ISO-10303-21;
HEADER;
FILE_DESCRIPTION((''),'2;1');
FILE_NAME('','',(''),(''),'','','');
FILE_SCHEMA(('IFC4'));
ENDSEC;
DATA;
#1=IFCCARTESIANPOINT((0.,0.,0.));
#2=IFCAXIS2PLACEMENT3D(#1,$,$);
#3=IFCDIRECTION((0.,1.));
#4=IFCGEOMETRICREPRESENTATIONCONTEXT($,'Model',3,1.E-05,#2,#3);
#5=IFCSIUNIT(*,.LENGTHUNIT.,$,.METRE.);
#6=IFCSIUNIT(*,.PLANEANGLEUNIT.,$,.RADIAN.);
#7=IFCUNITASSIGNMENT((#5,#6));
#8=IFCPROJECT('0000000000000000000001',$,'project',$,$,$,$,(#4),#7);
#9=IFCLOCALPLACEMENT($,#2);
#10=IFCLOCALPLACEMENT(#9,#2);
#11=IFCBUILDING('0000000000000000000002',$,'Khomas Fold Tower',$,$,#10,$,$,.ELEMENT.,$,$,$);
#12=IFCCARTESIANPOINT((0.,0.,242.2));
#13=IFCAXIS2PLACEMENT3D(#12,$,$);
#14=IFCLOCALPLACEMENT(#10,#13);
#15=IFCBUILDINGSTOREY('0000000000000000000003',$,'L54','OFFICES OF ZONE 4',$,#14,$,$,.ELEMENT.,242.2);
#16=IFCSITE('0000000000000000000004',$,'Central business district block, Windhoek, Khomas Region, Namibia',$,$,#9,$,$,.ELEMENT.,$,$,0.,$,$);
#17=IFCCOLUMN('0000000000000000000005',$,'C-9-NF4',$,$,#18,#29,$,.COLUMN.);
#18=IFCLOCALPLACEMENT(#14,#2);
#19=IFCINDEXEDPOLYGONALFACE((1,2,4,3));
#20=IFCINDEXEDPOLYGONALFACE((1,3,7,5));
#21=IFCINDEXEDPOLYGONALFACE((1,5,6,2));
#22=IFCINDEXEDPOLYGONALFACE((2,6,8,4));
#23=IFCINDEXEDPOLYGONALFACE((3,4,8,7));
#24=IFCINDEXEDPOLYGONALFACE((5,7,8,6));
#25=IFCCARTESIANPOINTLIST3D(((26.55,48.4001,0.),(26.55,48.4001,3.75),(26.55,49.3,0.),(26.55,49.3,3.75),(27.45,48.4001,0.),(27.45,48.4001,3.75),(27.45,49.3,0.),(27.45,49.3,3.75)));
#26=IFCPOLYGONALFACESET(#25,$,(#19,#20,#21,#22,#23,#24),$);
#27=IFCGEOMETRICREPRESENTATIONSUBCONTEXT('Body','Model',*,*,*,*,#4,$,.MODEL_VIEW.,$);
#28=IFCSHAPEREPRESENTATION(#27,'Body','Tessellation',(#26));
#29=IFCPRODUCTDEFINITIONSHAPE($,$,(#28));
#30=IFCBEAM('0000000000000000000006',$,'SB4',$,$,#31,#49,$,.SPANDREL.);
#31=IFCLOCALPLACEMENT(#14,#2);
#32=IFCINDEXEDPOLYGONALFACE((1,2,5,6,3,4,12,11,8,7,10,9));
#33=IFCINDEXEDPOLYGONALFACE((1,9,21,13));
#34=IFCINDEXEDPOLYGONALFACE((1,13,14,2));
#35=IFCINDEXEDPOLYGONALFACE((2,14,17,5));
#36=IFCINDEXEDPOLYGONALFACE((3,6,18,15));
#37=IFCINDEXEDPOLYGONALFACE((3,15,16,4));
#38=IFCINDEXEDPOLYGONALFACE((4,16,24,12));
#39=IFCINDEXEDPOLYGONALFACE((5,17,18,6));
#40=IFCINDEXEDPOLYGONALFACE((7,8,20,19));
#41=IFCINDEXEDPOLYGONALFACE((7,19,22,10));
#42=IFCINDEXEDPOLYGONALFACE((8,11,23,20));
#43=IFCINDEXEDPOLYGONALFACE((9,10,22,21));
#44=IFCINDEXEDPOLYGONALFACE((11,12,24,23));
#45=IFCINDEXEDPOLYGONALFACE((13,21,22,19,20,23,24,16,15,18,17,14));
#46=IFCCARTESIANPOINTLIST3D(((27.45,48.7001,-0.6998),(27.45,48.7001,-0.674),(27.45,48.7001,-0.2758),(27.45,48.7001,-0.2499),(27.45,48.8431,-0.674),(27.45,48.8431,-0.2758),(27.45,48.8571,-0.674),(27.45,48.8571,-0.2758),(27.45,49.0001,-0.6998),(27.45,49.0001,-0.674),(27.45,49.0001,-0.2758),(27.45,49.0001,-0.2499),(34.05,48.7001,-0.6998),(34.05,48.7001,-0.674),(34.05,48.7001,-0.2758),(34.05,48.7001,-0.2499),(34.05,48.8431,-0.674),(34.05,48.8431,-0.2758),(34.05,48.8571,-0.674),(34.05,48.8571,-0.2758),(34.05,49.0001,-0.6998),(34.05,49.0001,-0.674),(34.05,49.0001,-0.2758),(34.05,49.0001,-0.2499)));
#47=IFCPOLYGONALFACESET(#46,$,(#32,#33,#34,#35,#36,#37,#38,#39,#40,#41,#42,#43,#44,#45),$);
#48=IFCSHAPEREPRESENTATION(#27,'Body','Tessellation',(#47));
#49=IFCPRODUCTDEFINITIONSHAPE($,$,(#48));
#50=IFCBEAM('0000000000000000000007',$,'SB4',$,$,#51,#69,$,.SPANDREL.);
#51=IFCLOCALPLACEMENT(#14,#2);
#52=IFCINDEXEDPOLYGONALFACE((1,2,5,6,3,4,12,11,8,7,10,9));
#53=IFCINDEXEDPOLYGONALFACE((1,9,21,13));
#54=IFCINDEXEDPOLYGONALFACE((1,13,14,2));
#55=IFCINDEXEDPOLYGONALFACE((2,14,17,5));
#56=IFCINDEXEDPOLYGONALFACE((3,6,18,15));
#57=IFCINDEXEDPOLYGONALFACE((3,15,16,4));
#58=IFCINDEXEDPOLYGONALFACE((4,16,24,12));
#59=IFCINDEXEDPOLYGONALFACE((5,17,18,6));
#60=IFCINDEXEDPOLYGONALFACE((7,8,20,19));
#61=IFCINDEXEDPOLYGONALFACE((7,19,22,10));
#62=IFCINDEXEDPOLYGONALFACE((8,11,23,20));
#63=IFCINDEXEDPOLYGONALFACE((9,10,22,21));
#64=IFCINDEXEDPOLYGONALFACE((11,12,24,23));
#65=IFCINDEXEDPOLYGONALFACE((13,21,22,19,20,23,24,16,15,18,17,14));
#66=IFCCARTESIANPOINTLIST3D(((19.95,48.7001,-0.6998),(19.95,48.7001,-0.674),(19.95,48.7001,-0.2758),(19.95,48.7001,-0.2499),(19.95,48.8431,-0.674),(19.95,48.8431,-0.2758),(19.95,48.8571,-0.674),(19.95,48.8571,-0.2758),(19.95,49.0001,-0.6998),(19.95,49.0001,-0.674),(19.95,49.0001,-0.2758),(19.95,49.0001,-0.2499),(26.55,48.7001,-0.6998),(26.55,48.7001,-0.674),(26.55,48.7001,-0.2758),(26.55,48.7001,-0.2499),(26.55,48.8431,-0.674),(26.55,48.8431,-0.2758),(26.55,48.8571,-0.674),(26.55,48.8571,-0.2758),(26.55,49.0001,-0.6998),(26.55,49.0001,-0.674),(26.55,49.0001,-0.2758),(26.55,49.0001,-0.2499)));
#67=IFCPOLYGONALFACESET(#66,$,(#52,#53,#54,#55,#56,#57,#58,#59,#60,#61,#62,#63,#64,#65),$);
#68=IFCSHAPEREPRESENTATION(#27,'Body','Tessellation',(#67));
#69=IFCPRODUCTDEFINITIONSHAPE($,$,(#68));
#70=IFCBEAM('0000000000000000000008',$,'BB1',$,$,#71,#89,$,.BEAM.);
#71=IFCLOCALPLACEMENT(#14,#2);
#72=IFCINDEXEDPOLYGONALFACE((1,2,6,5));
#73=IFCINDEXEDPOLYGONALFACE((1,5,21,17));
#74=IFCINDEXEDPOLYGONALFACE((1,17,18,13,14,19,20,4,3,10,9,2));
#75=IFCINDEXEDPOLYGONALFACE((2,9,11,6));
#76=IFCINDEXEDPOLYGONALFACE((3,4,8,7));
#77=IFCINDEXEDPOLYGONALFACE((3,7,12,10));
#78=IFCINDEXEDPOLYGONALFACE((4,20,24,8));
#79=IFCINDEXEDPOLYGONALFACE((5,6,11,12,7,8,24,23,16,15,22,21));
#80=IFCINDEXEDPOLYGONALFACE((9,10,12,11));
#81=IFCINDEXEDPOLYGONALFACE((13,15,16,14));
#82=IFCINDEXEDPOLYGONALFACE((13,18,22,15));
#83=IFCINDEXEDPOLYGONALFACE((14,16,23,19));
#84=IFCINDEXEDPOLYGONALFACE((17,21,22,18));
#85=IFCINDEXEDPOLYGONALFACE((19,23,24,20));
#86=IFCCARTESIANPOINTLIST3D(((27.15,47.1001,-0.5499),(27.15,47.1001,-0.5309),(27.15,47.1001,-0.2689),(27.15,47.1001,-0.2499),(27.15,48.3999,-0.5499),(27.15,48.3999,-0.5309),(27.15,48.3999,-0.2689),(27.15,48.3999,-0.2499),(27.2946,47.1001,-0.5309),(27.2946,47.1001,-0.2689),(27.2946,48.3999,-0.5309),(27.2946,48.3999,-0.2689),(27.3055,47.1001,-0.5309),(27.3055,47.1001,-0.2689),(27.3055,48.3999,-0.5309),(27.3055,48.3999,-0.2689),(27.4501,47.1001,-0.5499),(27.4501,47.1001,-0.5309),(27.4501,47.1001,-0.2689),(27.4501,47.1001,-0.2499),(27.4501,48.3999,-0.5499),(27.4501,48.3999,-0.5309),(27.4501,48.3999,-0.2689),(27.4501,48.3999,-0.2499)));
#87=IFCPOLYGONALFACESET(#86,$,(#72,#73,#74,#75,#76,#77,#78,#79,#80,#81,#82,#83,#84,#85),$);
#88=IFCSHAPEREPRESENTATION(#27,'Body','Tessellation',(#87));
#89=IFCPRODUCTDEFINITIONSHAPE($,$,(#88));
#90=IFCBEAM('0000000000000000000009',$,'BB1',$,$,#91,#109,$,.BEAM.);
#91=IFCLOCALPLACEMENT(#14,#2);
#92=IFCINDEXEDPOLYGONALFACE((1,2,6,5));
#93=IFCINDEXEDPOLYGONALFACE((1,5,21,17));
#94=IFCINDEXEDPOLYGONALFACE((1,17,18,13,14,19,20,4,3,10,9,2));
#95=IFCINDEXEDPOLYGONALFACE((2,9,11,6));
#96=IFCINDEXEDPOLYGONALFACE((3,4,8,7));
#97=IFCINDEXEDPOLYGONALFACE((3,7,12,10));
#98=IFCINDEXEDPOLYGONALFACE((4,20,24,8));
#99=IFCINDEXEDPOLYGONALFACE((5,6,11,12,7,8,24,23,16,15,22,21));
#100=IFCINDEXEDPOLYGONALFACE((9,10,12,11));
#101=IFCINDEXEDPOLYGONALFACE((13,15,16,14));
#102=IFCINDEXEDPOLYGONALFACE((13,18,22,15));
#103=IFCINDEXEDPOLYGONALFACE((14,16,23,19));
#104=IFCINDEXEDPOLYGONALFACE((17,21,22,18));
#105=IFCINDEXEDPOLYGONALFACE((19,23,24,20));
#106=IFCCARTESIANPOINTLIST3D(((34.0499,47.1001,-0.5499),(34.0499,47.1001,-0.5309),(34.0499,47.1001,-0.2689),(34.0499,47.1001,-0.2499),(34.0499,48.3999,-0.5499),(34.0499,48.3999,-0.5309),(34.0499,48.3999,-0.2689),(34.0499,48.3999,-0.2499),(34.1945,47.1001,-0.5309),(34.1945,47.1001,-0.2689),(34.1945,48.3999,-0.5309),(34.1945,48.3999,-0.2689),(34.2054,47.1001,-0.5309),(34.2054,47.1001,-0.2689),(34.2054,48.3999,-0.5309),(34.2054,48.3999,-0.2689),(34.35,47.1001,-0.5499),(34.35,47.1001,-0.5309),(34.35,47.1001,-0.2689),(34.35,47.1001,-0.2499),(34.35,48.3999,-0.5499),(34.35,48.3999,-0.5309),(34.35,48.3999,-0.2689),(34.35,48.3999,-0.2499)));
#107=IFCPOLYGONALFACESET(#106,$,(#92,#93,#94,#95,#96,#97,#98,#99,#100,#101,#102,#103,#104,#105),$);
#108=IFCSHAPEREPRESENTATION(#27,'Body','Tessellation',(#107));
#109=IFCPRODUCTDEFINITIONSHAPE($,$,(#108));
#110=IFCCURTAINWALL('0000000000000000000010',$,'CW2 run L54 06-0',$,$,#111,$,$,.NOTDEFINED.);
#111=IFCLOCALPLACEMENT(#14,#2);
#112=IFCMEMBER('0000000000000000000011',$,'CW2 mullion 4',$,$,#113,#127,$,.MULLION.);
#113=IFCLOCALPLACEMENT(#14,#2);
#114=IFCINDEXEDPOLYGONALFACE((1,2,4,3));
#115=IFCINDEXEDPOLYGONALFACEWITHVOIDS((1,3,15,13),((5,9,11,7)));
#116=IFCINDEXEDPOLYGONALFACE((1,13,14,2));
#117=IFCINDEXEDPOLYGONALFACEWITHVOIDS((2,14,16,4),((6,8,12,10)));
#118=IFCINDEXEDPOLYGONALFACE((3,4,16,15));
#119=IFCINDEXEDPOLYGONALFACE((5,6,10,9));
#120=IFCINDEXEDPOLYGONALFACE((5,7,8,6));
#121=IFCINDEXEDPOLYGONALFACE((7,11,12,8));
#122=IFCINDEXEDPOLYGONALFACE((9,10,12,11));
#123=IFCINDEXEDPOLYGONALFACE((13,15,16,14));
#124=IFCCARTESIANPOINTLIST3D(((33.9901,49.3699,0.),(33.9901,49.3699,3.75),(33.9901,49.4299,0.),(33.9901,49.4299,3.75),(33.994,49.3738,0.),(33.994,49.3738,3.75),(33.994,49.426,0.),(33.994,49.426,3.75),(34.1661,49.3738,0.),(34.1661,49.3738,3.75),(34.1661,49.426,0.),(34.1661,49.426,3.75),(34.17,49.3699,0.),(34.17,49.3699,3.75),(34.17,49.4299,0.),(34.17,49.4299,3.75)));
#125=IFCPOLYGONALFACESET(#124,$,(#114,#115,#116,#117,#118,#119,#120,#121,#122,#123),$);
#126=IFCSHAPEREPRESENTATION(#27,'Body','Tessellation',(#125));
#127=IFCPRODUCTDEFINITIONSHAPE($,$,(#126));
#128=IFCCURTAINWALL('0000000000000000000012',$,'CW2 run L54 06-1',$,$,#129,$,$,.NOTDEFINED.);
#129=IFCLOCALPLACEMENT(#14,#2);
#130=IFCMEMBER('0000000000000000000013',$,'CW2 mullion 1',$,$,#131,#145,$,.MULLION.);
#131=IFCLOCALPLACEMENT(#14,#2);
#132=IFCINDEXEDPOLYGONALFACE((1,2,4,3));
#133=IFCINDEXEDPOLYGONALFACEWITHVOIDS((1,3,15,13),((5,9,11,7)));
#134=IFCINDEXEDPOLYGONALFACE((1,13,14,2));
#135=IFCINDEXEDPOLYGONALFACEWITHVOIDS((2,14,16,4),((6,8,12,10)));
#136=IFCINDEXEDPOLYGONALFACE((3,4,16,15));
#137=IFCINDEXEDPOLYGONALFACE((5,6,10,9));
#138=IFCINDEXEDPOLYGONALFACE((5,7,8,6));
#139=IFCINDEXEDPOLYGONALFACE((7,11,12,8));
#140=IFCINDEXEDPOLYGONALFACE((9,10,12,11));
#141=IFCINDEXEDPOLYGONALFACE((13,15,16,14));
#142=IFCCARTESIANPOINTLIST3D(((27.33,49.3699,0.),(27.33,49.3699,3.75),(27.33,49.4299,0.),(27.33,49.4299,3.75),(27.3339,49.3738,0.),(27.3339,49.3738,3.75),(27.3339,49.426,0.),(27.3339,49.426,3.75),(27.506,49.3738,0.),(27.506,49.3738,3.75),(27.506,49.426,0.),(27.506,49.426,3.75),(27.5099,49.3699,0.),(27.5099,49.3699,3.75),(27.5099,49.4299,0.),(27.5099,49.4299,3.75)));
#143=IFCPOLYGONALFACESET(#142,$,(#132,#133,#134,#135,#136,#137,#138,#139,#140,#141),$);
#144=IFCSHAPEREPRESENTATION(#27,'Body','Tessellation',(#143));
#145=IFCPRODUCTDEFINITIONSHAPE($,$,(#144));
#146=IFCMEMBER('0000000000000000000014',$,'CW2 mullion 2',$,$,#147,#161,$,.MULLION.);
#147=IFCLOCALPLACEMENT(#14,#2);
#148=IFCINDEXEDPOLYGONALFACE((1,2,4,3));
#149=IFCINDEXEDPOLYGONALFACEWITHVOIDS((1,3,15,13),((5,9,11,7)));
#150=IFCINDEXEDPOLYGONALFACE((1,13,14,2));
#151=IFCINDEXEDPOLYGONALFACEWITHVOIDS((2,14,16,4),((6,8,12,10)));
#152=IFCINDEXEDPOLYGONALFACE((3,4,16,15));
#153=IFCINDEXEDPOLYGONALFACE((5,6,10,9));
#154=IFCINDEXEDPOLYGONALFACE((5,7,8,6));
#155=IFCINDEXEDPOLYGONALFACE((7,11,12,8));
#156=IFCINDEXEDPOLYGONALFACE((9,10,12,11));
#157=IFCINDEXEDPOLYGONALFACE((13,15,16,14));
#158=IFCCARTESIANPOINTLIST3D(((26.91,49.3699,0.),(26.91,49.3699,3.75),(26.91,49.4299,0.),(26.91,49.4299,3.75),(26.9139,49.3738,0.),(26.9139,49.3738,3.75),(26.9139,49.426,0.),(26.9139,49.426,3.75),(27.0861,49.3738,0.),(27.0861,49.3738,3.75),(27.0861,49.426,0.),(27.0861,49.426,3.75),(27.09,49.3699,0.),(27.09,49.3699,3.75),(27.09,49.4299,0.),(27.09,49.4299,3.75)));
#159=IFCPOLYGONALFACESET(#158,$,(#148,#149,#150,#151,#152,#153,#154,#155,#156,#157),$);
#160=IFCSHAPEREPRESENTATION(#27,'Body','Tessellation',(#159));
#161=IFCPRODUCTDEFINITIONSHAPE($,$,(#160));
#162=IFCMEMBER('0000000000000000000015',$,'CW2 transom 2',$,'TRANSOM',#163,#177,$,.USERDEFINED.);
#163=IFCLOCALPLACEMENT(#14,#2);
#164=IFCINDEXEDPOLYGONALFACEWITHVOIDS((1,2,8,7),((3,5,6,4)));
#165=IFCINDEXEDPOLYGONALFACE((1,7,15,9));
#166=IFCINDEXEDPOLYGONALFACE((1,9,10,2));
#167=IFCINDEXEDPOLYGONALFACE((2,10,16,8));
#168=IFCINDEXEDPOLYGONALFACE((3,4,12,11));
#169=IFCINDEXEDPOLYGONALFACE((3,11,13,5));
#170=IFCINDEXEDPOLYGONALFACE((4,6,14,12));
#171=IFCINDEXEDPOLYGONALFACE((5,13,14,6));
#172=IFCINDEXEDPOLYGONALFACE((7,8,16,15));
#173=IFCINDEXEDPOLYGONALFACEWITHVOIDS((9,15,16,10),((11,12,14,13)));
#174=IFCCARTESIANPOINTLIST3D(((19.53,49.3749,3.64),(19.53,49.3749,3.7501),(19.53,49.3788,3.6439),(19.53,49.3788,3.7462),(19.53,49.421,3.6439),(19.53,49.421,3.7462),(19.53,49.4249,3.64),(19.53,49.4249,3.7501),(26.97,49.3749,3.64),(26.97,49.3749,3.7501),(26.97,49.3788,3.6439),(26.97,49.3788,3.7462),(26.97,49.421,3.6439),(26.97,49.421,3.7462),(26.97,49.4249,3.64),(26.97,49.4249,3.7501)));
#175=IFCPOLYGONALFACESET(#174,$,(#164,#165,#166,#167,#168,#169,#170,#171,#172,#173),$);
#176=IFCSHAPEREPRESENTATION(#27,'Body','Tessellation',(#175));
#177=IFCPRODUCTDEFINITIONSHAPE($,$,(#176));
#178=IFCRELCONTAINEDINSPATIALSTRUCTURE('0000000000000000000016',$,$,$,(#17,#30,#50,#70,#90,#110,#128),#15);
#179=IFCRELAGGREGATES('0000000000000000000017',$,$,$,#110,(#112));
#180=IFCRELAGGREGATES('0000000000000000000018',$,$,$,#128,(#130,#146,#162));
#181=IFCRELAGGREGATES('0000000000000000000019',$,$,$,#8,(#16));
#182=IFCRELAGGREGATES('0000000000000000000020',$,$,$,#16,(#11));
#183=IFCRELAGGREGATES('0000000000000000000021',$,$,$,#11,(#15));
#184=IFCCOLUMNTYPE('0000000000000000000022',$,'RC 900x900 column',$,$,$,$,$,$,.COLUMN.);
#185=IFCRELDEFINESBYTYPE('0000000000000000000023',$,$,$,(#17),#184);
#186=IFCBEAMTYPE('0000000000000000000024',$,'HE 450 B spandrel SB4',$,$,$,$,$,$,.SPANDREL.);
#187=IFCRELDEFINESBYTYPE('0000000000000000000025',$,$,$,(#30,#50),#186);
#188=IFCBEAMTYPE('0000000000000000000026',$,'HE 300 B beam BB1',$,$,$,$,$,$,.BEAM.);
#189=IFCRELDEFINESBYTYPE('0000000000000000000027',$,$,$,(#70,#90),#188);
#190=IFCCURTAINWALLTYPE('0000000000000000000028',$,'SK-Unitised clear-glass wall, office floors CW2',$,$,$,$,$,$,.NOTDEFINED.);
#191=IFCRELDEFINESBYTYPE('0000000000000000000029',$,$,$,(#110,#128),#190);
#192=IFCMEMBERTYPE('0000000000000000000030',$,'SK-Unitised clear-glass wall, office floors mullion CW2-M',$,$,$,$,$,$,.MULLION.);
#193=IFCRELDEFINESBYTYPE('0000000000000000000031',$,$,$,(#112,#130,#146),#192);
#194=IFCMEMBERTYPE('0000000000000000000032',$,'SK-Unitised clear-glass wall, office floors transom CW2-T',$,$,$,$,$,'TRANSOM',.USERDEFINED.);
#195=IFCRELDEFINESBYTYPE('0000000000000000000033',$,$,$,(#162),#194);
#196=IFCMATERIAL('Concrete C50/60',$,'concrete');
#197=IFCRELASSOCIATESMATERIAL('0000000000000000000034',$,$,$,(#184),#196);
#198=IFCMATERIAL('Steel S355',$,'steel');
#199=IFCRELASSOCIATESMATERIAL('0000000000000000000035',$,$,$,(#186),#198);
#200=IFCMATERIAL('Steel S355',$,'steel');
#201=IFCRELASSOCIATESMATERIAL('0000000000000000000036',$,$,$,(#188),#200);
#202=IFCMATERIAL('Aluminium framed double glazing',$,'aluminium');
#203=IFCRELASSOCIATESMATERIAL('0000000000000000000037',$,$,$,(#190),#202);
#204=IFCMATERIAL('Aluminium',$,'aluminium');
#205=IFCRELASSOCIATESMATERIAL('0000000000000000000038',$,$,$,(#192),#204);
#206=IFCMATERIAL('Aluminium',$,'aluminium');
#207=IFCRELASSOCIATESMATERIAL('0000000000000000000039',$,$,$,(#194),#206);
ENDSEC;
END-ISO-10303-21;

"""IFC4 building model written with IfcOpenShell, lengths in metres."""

from ifc_helpers import new_model, si_unit, direction, frame, origin, origin_2d, place, context, subcontext, project, spatial, rectangle, hollow_rectangle, i_section, extrude, source, transform, mapped, material, material_profile, profile_set, type_object, element, aggregate, save


model = new_model("IFC4")

# Units and contexts
model_context = context("Model", 3, precision=1e-05, world=origin(), true_north=direction((0.0, 1.0)))
body_context = subcontext(model_context, "Body", "Model", "MODEL_VIEW")
ifc_project = project(units=[si_unit("LENGTHUNIT", "METRE"), si_unit("PLANEANGLEUNIT", "RADIAN")], contexts=[model_context])

# Site, building, storey
site_placement = place(None, origin())
site = spatial("IfcSite", under=ifc_project, at=site_placement, Name="Central business district block, Windhoek, Khomas Region, Namibia", CompositionType="ELEMENT", RefElevation=0.0)
building_placement = place(site_placement, origin())
building = spatial("IfcBuilding", under=site, at=building_placement, Name="Khomas Fold Tower", CompositionType="ELEMENT")
storey_placement = place(building_placement, frame((0.0, 0.0, 242.2)))
storey = spatial("IfcBuildingStorey", under=building, at=storey_placement, Name="L54", Description="OFFICES OF ZONE 4", CompositionType="ELEMENT", Elevation=242.2)

# Column
ifc_material_1 = material(Name="Concrete C50/60", Category="concrete")
ifc_material_profile_1 = material_profile(ifc_material_1, rectangle(XDim=0.8999, YDim=0.8999, at=origin_2d()), Name="RC 900x900")
ifc_profile_set_1 = profile_set([ifc_material_profile_1], Name="Concrete C50/60")
column_type = type_object("IfcColumnType", Name="RC 900x900 column", PredefinedType="COLUMN", material=ifc_profile_set_1)
shared_shape_1 = source(origin(), body_context, "Body", "SweptSolid", [
    extrude(rectangle(XDim=0.8999, YDim=0.8999, at=origin_2d()), origin(), (0.0, 0.0, 1.0), 3.75),
])
column_placement = place(storey_placement, frame((27.0, 48.8501, 0.0), z_axis=(0.0, 0.0, 1.0), x_axis=(1.0, 0.0, 0.0)))
element("IfcColumn", 1, at=column_placement, inside=storey, type_object=column_type, Name="C-9-NF4", PredefinedType="COLUMN", context=body_context, shape_type="MappedRepresentation", body=[
    mapped(shared_shape_1, transform((0.0, 0.0, 0.0))),
])

# Beams
ifc_material_2 = material(Name="Steel S355", Category="steel")
ifc_material_profile_2 = material_profile(ifc_material_2, i_section(OverallWidth=0.3, OverallDepth=0.45, WebThickness=0.0139, FlangeThickness=0.0259, at=origin_2d()), Name="HE 450 B")
ifc_profile_set_2 = profile_set([ifc_material_profile_2], Name="Steel S355")
beam_type_1 = type_object("IfcBeamType", Name="HE 450 B spandrel SB4", PredefinedType="SPANDREL", material=ifc_profile_set_2)
shared_shape_2 = source(origin(), body_context, "Body", "SweptSolid", [
    extrude(i_section(OverallWidth=0.3, OverallDepth=0.45, WebThickness=0.0139, FlangeThickness=0.0259, at=origin_2d()), origin(), (0.0, 0.0, 1.0), 6.6001),
])
for number, where, z_axis, x_axis, name in (
    (2, (27.45, 48.8501, -0.4749), (1.0, 0.0, 0.0), (0.0, 1.0, 0.0), "SB4"),
    (3, (19.95, 48.8501, -0.4749), (1.0, 0.0, 0.0), (0.0, 1.0, 0.0), "SB4"),
):
    element("IfcBeam", number, at=place(storey_placement, frame(where, z_axis=z_axis, x_axis=x_axis)), inside=storey, type_object=beam_type_1, Name=name, PredefinedType="SPANDREL", context=body_context, shape_type="MappedRepresentation", body=[
        mapped(shared_shape_2, transform((0.0, 0.0, 0.0))),
    ])
ifc_material_3 = material(Name="Steel S355", Category="steel")
ifc_material_profile_3 = material_profile(ifc_material_3, i_section(OverallWidth=0.3, OverallDepth=0.3, WebThickness=0.011, FlangeThickness=0.019, at=origin_2d()), Name="HE 300 B")
ifc_profile_set_3 = profile_set([ifc_material_profile_3], Name="Steel S355")
beam_type_2 = type_object("IfcBeamType", Name="HE 300 B beam BB1", PredefinedType="BEAM", material=ifc_profile_set_3)
shared_shape_3 = source(origin(), body_context, "Body", "SweptSolid", [
    extrude(i_section(OverallWidth=0.3, OverallDepth=0.3, WebThickness=0.011, FlangeThickness=0.019, at=origin_2d()), origin(), (0.0, 0.0, 1.0), 1.2998),
])
for number, where, z_axis, x_axis, name in (
    (4, (27.3, 47.1001, -0.3999), (0.0, 1.0, 0.0), (-1.0, 0.0, 0.0), "BB1"),
    (5, (34.2, 47.1001, -0.3999), (0.0, 1.0, 0.0), (-1.0, 0.0, 0.0), "BB1"),
):
    element("IfcBeam", number, at=place(storey_placement, frame(where, z_axis=z_axis, x_axis=x_axis)), inside=storey, type_object=beam_type_2, Name=name, PredefinedType="BEAM", context=body_context, shape_type="MappedRepresentation", body=[
        mapped(shared_shape_3, transform((0.0, 0.0, 0.0))),
    ])

# Curtain wall, member
ifc_material_4 = material(Name="Aluminium framed double glazing", Category="aluminium")
curtain_wall_type = type_object("IfcCurtainWallType", Name="SK-Unitised clear-glass wall, office floors CW2", PredefinedType="NOTDEFINED", material=ifc_material_4)
curtain_wall_1_placement = place(storey_placement, origin())
curtain_wall_1 = element("IfcCurtainWall", 6, at=curtain_wall_1_placement, inside=storey, type_object=curtain_wall_type, Name="CW2 run L54 06-0", PredefinedType="NOTDEFINED")
ifc_material_5 = material(Name="Aluminium", Category="aluminium")
ifc_material_profile_4 = material_profile(ifc_material_5, hollow_rectangle(XDim=0.0601, YDim=0.1799, WallThickness=0.0039, at=origin_2d()), Name="SK-Unitised clear-glass wall, office floors mullion CW2-M")
ifc_profile_set_4 = profile_set([ifc_material_profile_4], Name="Aluminium")
member_type_1 = type_object("IfcMemberType", Name="SK-Unitised clear-glass wall, office floors mullion CW2-M", PredefinedType="MULLION", material=ifc_profile_set_4)
shared_shape_4 = source(origin(), body_context, "Body", "SweptSolid", [
    extrude(hollow_rectangle(XDim=0.0601, YDim=0.1799, WallThickness=0.0039, at=origin_2d()), origin(), (0.0, 0.0, 1.0), 3.75),
])
member_1_placement = place(storey_placement, frame((34.0801, 49.3999, 0.0), z_axis=(0.0, 0.0, 1.0), x_axis=(0.0, -1.0, 0.0)))
member_1 = element("IfcMember", 7, at=member_1_placement, type_object=member_type_1, Name="CW2 mullion 4", PredefinedType="MULLION", context=body_context, shape_type="MappedRepresentation", body=[
    mapped(shared_shape_4, transform((0.0, 0.0, 0.0))),
])

# Curtain wall, members
curtain_wall_2_placement = place(storey_placement, origin())
curtain_wall_2 = element("IfcCurtainWall", 8, at=curtain_wall_2_placement, inside=storey, type_object=curtain_wall_type, Name="CW2 run L54 06-1", PredefinedType="NOTDEFINED")
member_2_placement = place(storey_placement, frame((27.4199, 49.3999, 0.0), z_axis=(0.0, 0.0, 1.0), x_axis=(0.0, -1.0, 0.0)))
member_2 = element("IfcMember", 9, at=member_2_placement, type_object=member_type_1, Name="CW2 mullion 1", PredefinedType="MULLION", context=body_context, shape_type="MappedRepresentation", body=[
    mapped(shared_shape_4, transform((0.0, 0.0, 0.0))),
])
member_3_placement = place(storey_placement, frame((27.0, 49.3999, 0.0), z_axis=(0.0, 0.0, 1.0), x_axis=(0.0, -1.0, 0.0)))
member_3 = element("IfcMember", 10, at=member_3_placement, type_object=member_type_1, Name="CW2 mullion 2", PredefinedType="MULLION", context=body_context, shape_type="MappedRepresentation", body=[
    mapped(shared_shape_4, transform((0.0, 0.0, 0.0))),
])
ifc_material_6 = material(Name="Aluminium", Category="aluminium")
ifc_material_profile_5 = material_profile(ifc_material_6, hollow_rectangle(XDim=0.05, YDim=0.1101, WallThickness=0.0039, at=origin_2d()), Name="SK-Unitised clear-glass wall, office floors transom CW2-T")
ifc_profile_set_5 = profile_set([ifc_material_profile_5], Name="Aluminium")
member_type_2 = type_object("IfcMemberType", Name="SK-Unitised clear-glass wall, office floors transom CW2-T", ElementType="TRANSOM", PredefinedType="USERDEFINED", material=ifc_profile_set_5)
shared_shape_5 = source(origin(), body_context, "Body", "SweptSolid", [
    extrude(hollow_rectangle(XDim=0.05, YDim=0.1101, WallThickness=0.0039, at=origin_2d()), origin(), (0.0, 0.0, 1.0), 7.4399),
])
member_4_placement = place(storey_placement, frame((26.97, 49.3999, 3.6951), z_axis=(-1.0, 0.0, 0.0), x_axis=(0.0, -1.0, 0.0)))
member_4 = element("IfcMember", 11, at=member_4_placement, type_object=member_type_2, Name="CW2 transom 2", ObjectType="TRANSOM", PredefinedType="USERDEFINED", context=body_context, shape_type="MappedRepresentation", body=[
    mapped(shared_shape_5, transform((0.0, 0.0, 0.0))),
])

aggregate(curtain_wall_1, [member_1])
aggregate(curtain_wall_2, [member_2, member_3, member_4])

save(model, "model.ifc")
